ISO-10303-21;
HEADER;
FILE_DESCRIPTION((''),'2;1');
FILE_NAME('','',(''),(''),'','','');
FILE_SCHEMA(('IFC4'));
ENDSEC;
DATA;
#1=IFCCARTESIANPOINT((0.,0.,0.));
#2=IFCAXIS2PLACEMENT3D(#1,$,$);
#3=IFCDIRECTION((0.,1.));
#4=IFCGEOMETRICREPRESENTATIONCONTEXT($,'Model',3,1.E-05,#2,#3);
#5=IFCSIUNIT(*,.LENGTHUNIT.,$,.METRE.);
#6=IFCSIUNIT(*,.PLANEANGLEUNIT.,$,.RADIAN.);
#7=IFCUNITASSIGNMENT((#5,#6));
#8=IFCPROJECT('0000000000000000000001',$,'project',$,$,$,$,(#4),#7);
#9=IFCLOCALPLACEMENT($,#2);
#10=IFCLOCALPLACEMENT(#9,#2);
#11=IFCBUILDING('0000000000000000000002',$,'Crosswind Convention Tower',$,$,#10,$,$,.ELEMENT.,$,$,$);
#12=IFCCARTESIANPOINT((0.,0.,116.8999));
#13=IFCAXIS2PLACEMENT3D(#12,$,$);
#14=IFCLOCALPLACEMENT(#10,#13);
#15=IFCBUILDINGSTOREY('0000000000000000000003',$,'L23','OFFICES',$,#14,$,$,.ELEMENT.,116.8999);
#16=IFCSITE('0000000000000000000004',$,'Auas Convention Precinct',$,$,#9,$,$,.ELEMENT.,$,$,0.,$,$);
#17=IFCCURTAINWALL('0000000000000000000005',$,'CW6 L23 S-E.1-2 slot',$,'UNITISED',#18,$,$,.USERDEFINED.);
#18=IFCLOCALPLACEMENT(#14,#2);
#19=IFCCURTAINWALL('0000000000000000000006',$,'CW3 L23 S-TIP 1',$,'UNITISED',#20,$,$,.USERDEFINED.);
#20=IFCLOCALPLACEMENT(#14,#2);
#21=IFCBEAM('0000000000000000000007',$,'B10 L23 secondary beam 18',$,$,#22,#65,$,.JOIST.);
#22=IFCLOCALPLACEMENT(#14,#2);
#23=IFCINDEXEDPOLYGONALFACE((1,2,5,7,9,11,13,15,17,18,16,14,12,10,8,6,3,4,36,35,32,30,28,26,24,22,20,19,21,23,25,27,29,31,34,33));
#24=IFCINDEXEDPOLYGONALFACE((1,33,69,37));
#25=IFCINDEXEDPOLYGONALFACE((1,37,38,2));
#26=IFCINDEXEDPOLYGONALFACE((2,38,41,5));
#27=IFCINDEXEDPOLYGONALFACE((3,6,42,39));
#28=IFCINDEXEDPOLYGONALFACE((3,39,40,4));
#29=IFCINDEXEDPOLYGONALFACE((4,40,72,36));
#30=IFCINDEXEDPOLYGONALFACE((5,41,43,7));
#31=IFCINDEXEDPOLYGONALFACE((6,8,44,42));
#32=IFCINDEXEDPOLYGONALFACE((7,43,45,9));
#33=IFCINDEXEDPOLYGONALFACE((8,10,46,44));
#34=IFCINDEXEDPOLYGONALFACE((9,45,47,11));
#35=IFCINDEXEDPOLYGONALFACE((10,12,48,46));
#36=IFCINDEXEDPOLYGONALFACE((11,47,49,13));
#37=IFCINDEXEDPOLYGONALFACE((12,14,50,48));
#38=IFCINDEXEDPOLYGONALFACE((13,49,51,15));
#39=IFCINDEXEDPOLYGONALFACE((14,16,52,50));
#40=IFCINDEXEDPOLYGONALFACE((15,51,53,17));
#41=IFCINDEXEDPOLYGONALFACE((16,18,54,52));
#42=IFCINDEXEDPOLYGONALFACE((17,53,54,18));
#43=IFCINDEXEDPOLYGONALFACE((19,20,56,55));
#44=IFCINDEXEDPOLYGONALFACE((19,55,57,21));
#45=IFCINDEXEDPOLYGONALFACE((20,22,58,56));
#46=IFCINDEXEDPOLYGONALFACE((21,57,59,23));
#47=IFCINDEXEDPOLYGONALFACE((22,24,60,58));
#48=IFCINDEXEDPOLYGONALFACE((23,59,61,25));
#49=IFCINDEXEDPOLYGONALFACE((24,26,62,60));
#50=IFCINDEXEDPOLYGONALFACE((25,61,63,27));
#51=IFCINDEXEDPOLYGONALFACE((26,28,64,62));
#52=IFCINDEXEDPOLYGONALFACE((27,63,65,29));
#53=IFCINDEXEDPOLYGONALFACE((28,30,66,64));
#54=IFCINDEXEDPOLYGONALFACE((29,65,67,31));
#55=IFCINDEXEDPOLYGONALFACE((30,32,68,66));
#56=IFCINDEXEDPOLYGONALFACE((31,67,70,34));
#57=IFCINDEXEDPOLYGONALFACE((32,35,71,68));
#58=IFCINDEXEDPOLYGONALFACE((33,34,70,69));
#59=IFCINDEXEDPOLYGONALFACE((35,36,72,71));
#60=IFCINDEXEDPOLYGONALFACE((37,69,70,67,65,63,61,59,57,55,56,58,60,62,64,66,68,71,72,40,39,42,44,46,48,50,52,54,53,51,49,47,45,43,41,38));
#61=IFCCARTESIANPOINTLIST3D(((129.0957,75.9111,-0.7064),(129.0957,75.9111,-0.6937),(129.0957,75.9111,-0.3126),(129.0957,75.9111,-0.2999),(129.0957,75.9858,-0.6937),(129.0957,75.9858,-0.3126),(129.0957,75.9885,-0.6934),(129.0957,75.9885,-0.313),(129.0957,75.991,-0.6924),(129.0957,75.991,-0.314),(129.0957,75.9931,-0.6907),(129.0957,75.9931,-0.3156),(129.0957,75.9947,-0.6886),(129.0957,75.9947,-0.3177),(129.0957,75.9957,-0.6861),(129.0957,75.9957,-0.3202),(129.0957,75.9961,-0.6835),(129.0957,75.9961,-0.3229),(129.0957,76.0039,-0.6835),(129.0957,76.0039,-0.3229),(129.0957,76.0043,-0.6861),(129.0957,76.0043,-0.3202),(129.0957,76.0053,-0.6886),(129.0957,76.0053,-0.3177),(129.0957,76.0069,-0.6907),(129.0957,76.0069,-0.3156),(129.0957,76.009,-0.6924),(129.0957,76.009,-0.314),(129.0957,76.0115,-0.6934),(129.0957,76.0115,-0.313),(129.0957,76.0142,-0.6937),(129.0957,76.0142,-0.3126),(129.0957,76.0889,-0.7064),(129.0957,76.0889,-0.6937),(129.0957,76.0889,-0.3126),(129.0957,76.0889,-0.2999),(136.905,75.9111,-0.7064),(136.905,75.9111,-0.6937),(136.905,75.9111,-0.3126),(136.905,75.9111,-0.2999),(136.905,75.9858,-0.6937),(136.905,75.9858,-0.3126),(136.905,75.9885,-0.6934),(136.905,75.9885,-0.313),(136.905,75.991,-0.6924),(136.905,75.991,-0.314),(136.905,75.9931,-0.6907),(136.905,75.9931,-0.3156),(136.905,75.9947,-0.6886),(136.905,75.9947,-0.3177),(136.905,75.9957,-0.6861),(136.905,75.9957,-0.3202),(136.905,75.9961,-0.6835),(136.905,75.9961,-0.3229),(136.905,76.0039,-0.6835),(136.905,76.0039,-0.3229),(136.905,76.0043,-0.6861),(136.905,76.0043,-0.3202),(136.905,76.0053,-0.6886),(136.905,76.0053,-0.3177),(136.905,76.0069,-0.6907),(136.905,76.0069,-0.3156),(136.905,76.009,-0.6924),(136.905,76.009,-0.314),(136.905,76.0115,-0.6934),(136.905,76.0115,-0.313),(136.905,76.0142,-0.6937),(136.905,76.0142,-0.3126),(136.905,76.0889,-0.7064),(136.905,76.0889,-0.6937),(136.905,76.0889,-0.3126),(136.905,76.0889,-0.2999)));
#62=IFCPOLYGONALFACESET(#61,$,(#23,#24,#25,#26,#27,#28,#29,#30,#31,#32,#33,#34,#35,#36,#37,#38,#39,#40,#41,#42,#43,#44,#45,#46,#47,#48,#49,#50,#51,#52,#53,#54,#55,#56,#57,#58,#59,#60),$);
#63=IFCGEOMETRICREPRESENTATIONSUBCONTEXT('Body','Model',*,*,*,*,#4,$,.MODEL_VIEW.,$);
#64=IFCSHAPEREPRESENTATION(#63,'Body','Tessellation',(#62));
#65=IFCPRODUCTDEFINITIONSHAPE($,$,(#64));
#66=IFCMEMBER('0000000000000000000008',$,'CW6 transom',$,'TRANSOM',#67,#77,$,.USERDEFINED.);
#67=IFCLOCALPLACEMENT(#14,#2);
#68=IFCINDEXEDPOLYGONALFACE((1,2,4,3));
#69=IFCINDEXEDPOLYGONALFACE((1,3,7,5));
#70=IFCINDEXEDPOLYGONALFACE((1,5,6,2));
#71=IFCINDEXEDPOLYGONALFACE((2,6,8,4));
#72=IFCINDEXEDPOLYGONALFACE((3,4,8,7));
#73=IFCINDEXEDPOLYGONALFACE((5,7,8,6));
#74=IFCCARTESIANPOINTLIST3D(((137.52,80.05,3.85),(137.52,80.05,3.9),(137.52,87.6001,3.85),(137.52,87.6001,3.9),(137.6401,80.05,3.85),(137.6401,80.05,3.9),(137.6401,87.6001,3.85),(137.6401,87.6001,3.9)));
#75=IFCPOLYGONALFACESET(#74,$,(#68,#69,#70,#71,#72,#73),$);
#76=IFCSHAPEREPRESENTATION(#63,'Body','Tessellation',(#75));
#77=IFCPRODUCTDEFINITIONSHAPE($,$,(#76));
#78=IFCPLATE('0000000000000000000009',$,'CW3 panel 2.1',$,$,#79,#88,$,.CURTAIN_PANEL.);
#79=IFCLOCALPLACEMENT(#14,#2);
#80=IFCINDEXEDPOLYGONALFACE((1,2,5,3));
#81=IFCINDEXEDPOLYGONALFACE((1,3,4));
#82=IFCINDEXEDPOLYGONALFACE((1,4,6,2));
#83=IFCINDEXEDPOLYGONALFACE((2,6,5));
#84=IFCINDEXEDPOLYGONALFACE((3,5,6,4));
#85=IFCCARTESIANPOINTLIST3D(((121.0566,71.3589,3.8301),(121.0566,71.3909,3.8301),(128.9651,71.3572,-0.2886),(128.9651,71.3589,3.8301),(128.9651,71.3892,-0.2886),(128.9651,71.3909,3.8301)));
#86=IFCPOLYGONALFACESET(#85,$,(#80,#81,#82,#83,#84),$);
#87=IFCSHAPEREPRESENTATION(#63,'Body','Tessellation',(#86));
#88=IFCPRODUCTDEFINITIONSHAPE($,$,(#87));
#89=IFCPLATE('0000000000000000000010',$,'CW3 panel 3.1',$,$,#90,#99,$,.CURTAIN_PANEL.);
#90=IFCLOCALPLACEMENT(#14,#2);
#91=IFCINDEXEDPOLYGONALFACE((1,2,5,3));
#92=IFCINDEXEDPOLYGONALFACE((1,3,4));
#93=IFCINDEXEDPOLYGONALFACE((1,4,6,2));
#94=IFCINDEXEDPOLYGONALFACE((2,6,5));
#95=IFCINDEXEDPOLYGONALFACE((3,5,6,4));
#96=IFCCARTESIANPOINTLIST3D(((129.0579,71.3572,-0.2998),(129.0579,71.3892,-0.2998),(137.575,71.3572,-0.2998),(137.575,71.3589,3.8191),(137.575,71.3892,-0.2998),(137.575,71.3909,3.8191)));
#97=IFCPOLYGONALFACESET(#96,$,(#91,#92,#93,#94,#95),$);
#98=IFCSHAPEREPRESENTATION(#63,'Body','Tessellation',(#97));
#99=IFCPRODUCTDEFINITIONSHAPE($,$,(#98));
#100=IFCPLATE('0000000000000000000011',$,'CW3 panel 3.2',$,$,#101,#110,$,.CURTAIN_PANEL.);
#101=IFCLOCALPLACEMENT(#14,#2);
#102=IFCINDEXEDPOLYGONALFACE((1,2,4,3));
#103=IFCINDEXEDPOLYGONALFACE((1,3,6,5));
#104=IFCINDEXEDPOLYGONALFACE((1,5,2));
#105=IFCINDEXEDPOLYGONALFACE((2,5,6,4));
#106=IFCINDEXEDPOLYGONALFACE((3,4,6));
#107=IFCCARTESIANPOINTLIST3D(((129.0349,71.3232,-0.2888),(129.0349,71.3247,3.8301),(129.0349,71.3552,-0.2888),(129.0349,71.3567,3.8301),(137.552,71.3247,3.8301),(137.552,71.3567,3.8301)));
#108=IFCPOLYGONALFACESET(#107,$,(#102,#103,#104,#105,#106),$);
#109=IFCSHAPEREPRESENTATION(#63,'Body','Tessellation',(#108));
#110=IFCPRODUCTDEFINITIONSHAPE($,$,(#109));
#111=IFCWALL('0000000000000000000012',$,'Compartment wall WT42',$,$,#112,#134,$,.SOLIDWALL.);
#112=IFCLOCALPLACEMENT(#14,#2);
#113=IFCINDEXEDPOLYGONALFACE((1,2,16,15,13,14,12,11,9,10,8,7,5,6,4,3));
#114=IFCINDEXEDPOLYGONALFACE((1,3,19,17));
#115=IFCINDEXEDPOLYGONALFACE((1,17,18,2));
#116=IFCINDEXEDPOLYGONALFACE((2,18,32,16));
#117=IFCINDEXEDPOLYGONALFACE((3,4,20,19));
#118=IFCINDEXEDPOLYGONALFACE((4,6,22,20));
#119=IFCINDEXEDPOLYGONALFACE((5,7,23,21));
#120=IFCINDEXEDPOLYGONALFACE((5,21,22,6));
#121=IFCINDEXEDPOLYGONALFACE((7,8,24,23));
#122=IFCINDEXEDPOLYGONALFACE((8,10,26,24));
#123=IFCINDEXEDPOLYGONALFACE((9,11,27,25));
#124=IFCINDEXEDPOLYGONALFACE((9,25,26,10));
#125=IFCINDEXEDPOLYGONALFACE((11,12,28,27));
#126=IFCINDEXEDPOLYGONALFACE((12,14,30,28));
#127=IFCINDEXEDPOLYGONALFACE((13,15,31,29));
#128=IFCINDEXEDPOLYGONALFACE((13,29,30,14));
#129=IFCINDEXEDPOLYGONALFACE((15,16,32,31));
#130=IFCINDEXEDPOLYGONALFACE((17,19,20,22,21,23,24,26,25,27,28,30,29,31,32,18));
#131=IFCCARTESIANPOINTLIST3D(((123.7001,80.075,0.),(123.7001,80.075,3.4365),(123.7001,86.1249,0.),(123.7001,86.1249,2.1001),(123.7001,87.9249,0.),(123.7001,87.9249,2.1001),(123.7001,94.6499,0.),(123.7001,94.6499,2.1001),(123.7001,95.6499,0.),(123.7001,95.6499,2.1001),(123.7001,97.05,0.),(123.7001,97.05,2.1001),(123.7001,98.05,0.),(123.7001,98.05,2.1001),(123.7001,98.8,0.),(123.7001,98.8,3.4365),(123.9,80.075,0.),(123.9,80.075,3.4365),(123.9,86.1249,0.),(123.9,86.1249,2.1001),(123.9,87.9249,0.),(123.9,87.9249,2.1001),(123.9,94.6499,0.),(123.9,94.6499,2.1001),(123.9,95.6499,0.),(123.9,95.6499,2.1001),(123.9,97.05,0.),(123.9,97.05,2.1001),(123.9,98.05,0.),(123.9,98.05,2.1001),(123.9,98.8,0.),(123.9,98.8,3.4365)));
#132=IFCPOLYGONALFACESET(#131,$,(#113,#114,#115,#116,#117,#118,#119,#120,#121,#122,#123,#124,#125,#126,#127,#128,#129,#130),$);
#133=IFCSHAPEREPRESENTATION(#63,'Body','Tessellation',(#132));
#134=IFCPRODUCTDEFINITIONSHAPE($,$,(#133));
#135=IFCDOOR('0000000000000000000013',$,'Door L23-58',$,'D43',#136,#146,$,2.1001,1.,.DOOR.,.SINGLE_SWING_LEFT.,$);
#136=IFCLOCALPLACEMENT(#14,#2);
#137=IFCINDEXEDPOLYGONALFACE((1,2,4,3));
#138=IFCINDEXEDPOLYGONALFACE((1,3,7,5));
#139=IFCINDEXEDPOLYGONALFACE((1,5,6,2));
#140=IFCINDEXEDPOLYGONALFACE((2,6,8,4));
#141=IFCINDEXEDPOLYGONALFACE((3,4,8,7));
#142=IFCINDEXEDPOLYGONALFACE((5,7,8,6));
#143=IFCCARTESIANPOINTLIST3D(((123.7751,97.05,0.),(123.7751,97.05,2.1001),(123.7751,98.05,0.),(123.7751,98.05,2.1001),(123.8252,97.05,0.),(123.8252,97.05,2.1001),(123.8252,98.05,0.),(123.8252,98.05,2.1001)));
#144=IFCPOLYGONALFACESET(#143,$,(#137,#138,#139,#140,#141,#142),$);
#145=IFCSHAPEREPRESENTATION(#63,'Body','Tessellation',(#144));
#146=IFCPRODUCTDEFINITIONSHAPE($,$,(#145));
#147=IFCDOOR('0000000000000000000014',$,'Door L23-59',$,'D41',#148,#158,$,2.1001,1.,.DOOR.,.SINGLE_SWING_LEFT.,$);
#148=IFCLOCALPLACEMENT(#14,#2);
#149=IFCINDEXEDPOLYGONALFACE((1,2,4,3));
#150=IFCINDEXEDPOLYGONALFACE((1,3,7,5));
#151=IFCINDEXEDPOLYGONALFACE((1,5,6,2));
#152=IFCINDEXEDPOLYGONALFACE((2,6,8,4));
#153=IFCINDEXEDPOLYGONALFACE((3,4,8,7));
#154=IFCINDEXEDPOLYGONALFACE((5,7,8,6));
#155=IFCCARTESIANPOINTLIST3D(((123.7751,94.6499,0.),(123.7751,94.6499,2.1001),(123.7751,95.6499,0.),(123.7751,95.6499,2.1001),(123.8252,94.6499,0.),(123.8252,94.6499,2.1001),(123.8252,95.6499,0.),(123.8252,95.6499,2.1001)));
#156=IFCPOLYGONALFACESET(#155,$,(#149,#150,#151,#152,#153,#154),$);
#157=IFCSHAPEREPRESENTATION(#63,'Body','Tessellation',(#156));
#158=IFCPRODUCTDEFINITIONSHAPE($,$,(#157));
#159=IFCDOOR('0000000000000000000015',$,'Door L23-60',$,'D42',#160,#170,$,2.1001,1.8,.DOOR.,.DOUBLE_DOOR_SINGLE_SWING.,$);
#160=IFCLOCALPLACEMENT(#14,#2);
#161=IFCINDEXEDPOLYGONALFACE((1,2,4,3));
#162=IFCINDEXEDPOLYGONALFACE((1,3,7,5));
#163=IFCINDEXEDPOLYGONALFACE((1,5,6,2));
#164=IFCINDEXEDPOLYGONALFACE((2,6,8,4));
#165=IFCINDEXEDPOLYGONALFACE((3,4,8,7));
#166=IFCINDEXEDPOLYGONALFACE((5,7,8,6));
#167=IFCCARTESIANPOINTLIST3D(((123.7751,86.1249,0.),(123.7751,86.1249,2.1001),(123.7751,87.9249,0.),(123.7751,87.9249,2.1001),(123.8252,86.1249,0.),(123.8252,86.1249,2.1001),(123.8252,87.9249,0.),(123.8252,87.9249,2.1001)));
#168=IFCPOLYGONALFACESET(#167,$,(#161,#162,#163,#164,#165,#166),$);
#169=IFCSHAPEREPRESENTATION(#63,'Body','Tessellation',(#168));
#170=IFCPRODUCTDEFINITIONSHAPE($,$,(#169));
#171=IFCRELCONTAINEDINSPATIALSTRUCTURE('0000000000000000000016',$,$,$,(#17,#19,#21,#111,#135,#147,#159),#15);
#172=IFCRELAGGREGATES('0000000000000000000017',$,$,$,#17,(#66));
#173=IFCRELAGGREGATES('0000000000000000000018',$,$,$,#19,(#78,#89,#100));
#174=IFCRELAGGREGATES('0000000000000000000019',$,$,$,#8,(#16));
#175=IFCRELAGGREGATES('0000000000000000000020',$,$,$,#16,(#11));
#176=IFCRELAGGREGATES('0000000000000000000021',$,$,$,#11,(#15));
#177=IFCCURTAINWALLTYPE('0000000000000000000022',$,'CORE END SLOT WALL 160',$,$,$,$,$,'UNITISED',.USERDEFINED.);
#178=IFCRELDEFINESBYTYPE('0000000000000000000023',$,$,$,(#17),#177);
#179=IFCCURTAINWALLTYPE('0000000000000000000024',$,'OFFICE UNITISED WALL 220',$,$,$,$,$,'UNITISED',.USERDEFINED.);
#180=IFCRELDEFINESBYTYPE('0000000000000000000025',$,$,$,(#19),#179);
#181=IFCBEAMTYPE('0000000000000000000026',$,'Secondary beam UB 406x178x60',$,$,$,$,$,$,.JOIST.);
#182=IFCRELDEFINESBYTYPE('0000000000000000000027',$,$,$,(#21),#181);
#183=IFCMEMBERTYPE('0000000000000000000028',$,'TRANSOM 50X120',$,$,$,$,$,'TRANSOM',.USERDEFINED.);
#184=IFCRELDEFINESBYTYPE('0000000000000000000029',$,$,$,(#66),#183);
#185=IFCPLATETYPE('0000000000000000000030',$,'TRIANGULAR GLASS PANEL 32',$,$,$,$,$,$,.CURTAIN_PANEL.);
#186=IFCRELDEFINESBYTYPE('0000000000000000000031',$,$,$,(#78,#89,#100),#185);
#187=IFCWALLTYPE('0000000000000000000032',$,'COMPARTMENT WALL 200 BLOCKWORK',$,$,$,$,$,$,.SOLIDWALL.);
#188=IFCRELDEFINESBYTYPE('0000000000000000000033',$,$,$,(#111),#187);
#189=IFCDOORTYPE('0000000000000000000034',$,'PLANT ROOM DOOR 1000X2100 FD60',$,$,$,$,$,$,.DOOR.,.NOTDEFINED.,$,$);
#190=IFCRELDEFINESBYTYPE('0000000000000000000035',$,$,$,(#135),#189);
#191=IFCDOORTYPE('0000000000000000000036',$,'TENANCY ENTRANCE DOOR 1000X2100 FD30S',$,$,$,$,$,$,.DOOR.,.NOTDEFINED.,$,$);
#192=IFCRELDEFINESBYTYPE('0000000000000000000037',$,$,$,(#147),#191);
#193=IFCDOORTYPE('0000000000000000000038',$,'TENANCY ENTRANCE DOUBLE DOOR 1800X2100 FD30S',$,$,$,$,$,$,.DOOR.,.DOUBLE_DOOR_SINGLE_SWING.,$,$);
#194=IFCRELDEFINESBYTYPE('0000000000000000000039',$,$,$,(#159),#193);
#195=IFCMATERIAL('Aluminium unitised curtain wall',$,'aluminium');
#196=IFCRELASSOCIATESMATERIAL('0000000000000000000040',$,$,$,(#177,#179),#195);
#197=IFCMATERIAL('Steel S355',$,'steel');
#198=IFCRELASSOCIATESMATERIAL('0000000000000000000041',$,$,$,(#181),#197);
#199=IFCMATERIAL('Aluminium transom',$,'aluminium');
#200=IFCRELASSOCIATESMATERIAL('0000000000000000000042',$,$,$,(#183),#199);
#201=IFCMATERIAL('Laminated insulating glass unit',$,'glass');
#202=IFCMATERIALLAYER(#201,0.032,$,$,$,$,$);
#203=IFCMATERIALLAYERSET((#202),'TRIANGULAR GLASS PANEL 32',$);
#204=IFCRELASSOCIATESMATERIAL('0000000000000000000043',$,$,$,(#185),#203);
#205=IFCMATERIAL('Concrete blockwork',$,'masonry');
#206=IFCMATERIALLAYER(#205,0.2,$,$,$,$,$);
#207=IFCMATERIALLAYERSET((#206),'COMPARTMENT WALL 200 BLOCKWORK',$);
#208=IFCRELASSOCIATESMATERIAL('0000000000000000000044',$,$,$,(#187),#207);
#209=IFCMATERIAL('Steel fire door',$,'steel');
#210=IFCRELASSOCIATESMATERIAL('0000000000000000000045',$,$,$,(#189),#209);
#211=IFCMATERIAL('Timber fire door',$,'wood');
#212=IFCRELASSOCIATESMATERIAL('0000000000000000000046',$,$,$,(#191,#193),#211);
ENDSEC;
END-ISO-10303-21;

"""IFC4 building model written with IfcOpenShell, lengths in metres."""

from ifc_helpers import new_model, si_unit, direction, frame, frame_2d, origin, origin_2d, place, context, subcontext, project, spatial, polyline, rectangle, i_section, outline, extrude, material, layer, layer_set, material_profile, profile_set, type_object, element, fill, aggregate, save


model = new_model("IFC4")

# Units and contexts
model_context = context("Model", 3, precision=1e-05, world=origin(), true_north=direction((0.0, 1.0)))
body_context = subcontext(model_context, "Body", "Model", "MODEL_VIEW")
ifc_project = project(units=[si_unit("LENGTHUNIT", "METRE"), si_unit("PLANEANGLEUNIT", "RADIAN")], contexts=[model_context])

# Site, building, storey
site_placement = place(None, origin())
site = spatial("IfcSite", under=ifc_project, at=site_placement, Name="Auas Convention Precinct", CompositionType="ELEMENT", RefElevation=0.0)
building_placement = place(site_placement, origin())
building = spatial("IfcBuilding", under=site, at=building_placement, Name="Crosswind Convention Tower", CompositionType="ELEMENT")
storey_placement = place(building_placement, frame((0.0, 0.0, 116.8999)))
storey = spatial("IfcBuildingStorey", under=building, at=storey_placement, Name="L23", Description="OFFICES", CompositionType="ELEMENT", Elevation=116.8999)

# Shared definitions
ifc_material_1 = material(Name="Steel S355", Category="steel")

# Curtain walls
ifc_material_2 = material(Name="Aluminium unitised curtain wall", Category="aluminium")
curtain_wall_type_1 = type_object("IfcCurtainWallType", Name="CORE END SLOT WALL 160", ElementType="UNITISED", PredefinedType="USERDEFINED", material=ifc_material_2)
curtain_wall_1_placement = place(storey_placement, origin())
curtain_wall_1 = element("IfcCurtainWall", 1, at=curtain_wall_1_placement, inside=storey, type_object=curtain_wall_type_1, Name="CW6 L23 S-E.1-2 slot", ObjectType="UNITISED", PredefinedType="USERDEFINED")
curtain_wall_type_2 = type_object("IfcCurtainWallType", Name="OFFICE UNITISED WALL 220", ElementType="UNITISED", PredefinedType="USERDEFINED", material=ifc_material_2)
curtain_wall_2_placement = place(storey_placement, origin())
curtain_wall_2 = element("IfcCurtainWall", 2, at=curtain_wall_2_placement, inside=storey, type_object=curtain_wall_type_2, Name="CW3 L23 S-TIP 1", ObjectType="UNITISED", PredefinedType="USERDEFINED")

# Beam
ifc_material_profile_1 = material_profile(ifc_material_1, i_section(OverallWidth=0.1777, OverallDepth=0.4065, WebThickness=0.0078, FlangeThickness=0.0127, FilletRadius=0.0103, at=origin_2d()), Name="UB 406x178x60")
ifc_profile_set_1 = profile_set([ifc_material_profile_1], Name="Steel S355")
beam_type_1 = type_object("IfcBeamType", Name="Secondary beam UB 406x178x60", PredefinedType="JOIST", material=ifc_profile_set_1)
beam_1_placement = place(storey_placement, frame((129.0957, 76.0, -0.5032), z_axis=(1.0, 0.0, 0.0), x_axis=(0.0, 1.0, 0.0)))
element("IfcBeam", 3, at=beam_1_placement, inside=storey, type_object=beam_type_1, Name="B10 L23 secondary beam 18", PredefinedType="JOIST", context=body_context, shape_type="SweptSolid", body=[
    extrude(i_section(OverallWidth=0.1777, OverallDepth=0.4065, WebThickness=0.0078, FlangeThickness=0.0127, FilletRadius=0.0103, at=origin_2d()), origin(), (0.0, 0.0, 1.0), 7.8093),
])

# Member
ifc_material_3 = material(Name="Aluminium transom", Category="aluminium")
ifc_material_profile_2 = material_profile(ifc_material_3, rectangle(XDim=0.1201, YDim=0.05, at=origin_2d()), Name="AL 120X50")
ifc_profile_set_2 = profile_set([ifc_material_profile_2], Name="Aluminium transom")
member_type_1 = type_object("IfcMemberType", Name="TRANSOM 50X120", ElementType="TRANSOM", PredefinedType="USERDEFINED", material=ifc_profile_set_2)
member_1_placement = place(storey_placement, frame((137.5801, 80.05, 3.875), z_axis=(0.0, 1.0, 0.0), x_axis=(-1.0, 0.0, 0.0)))
member_1 = element("IfcMember", 4, at=member_1_placement, type_object=member_type_1, Name="CW6 transom", ObjectType="TRANSOM", PredefinedType="USERDEFINED", context=body_context, shape_type="SweptSolid", body=[
    extrude(rectangle(XDim=0.1201, YDim=0.05, at=origin_2d()), origin(), (0.0, 0.0, 1.0), 7.55),
])
aggregate(curtain_wall_1, [member_1])

# Plates
ifc_material_4 = material(Name="Laminated insulating glass unit", Category="glass")
ifc_layer_1 = layer(ifc_material_4, 0.032)
ifc_layer_set_1 = layer_set([ifc_layer_1], Name="TRIANGULAR GLASS PANEL 32")
plate_type = type_object("IfcPlateType", Name="TRIANGULAR GLASS PANEL 32", PredefinedType="CURTAIN_PANEL", material=ifc_layer_set_1)
plate_1_placement = place(storey_placement, frame((128.9651, 71.3589, 3.8301), z_axis=(0.0, -1.0, 0.000415), x_axis=(-1.0, 0.0, 0.0)))
plate_1 = element("IfcPlate", 5, at=plate_1_placement, type_object=plate_type, Name="CW3 panel 2.1", PredefinedType="CURTAIN_PANEL", context=body_context, shape_type="SweptSolid", body=[
    extrude(outline(polyline([(0.0, 0.0), (7.9084, 0.0), (0.0, 4.1187), (0.0, 0.0)])), origin(), (0.0, 0.0, -1.0), 0.032),
])
plate_2_placement = place(storey_placement, frame((137.575, 71.3572, -0.2998), z_axis=(0.0, -1.0, 0.000415), x_axis=(0.0, 0.000415, 1.0)))
plate_2 = element("IfcPlate", 6, at=plate_2_placement, type_object=plate_type, Name="CW3 panel 3.1", PredefinedType="CURTAIN_PANEL", context=body_context, shape_type="SweptSolid", body=[
    extrude(outline(polyline([(0.0, 0.0), (4.1189, 0.0), (0.0, 8.5171), (0.0, 0.0)])), origin(), (0.0, 0.0, -1.0), 0.032),
])
plate_3_placement = place(storey_placement, frame((129.0349, 71.3247, 3.8301), z_axis=(0.0, -1.0, 0.000356), x_axis=(0.0, -0.000356, -1.0)))
plate_3 = element("IfcPlate", 7, at=plate_3_placement, type_object=plate_type, Name="CW3 panel 3.2", PredefinedType="CURTAIN_PANEL", context=body_context, shape_type="SweptSolid", body=[
    extrude(outline(polyline([(0.0, 0.0), (4.1189, 0.0), (0.0, 8.5171), (0.0, 0.0)])), origin(), (0.0, 0.0, -1.0), 0.032),
])
aggregate(curtain_wall_2, [plate_1, plate_2, plate_3])

# Wall, openings, doors
ifc_material_5 = material(Name="Concrete blockwork", Category="masonry")
ifc_layer_2 = layer(ifc_material_5, 0.2)
ifc_layer_set_2 = layer_set([ifc_layer_2], Name="COMPARTMENT WALL 200 BLOCKWORK")
wall_type_1 = type_object("IfcWallType", Name="COMPARTMENT WALL 200 BLOCKWORK", PredefinedType="SOLIDWALL", material=ifc_layer_set_2)
wall_1_placement = place(storey_placement, frame((123.8, 80.075, 0.0), z_axis=(0.0, 0.0, 1.0), x_axis=(0.0, 1.0, 0.0)))
wall_1 = element("IfcWall", 8, at=wall_1_placement, inside=storey, type_object=wall_type_1, Name="Compartment wall WT42", PredefinedType="SOLIDWALL", context=body_context, shape_type="SweptSolid", body=[
    extrude(rectangle(XDim=18.7251, YDim=0.2, at=frame_2d((9.3625, 0.0))), origin(), (0.0, 0.0, 1.0), 3.4365),
])
opening_1_placement = place(wall_1_placement, frame((16.9751, 0.0, 0.0)))
opening_1 = element("IfcOpeningElement", 9, at=opening_1_placement, cuts=wall_1, PredefinedType="OPENING", context=body_context, shape_type="SweptSolid", body=[
    extrude(rectangle(XDim=1.0, YDim=2.1001, at=frame_2d((0.5, 1.05))), frame((0.0, 0.1099, 0.0), z_axis=(0.0, -1.0, 0.0), x_axis=(1.0, 0.0, 0.0)), (0.0, 0.0, 1.0), 0.22),
])
opening_2_placement = place(wall_1_placement, frame((14.575, 0.0, 0.0)))
opening_2 = element("IfcOpeningElement", 10, at=opening_2_placement, cuts=wall_1, PredefinedType="OPENING", context=body_context, shape_type="SweptSolid", body=[
    extrude(rectangle(XDim=1.0, YDim=2.1001, at=frame_2d((0.5, 1.05))), frame((0.0, 0.1099, 0.0), z_axis=(0.0, -1.0, 0.0), x_axis=(1.0, 0.0, 0.0)), (0.0, 0.0, 1.0), 0.22),
])
opening_3_placement = place(wall_1_placement, frame((6.05, 0.0, 0.0)))
opening_3 = element("IfcOpeningElement", 11, at=opening_3_placement, cuts=wall_1, PredefinedType="OPENING", context=body_context, shape_type="SweptSolid", body=[
    extrude(rectangle(XDim=1.8, YDim=2.1001, at=frame_2d((0.8999, 1.05))), frame((0.0, 0.1099, 0.0), z_axis=(0.0, -1.0, 0.0), x_axis=(1.0, 0.0, 0.0)), (0.0, 0.0, 1.0), 0.22),
])
ifc_material_6 = material(Name="Steel fire door", Category="steel")
door_type_1 = type_object("IfcDoorType", Name="PLANT ROOM DOOR 1000X2100 FD60", OperationType="NOTDEFINED", PredefinedType="DOOR", material=ifc_material_6)
door_1_placement = place(opening_1_placement, origin())
door_1 = element("IfcDoor", 12, at=door_1_placement, inside=storey, type_object=door_type_1, Name="Door L23-58", ObjectType="D43", OperationType="SINGLE_SWING_LEFT", OverallHeight=2.1001, OverallWidth=1.0, PredefinedType="DOOR", context=body_context, shape_type="SweptSolid", body=[
    extrude(rectangle(XDim=1.0, YDim=2.1001, at=frame_2d((0.5, 1.05))), frame((0.0, 0.0249, 0.0), z_axis=(0.0, -1.0, 0.0), x_axis=(1.0, 0.0, 0.0)), (0.0, 0.0, 1.0), 0.05),
])
fill(opening_1, door_1)
ifc_material_7 = material(Name="Timber fire door", Category="wood")
door_type_2 = type_object("IfcDoorType", Name="TENANCY ENTRANCE DOOR 1000X2100 FD30S", OperationType="NOTDEFINED", PredefinedType="DOOR", material=ifc_material_7)
door_2_placement = place(opening_2_placement, origin())
door_2 = element("IfcDoor", 13, at=door_2_placement, inside=storey, type_object=door_type_2, Name="Door L23-59", ObjectType="D41", OperationType="SINGLE_SWING_LEFT", OverallHeight=2.1001, OverallWidth=1.0, PredefinedType="DOOR", context=body_context, shape_type="SweptSolid", body=[
    extrude(rectangle(XDim=1.0, YDim=2.1001, at=frame_2d((0.5, 1.05))), frame((0.0, 0.0249, 0.0), z_axis=(0.0, -1.0, 0.0), x_axis=(1.0, 0.0, 0.0)), (0.0, 0.0, 1.0), 0.05),
])
fill(opening_2, door_2)
door_type_3 = type_object("IfcDoorType", Name="TENANCY ENTRANCE DOUBLE DOOR 1800X2100 FD30S", OperationType="DOUBLE_DOOR_SINGLE_SWING", PredefinedType="DOOR", material=ifc_material_7)
door_3_placement = place(opening_3_placement, origin())
door_3 = element("IfcDoor", 14, at=door_3_placement, inside=storey, type_object=door_type_3, Name="Door L23-60", ObjectType="D42", OperationType="DOUBLE_DOOR_SINGLE_SWING", OverallHeight=2.1001, OverallWidth=1.8, PredefinedType="DOOR", context=body_context, shape_type="SweptSolid", body=[
    extrude(rectangle(XDim=1.8, YDim=2.1001, at=frame_2d((0.8999, 1.05))), frame((0.0, 0.0249, 0.0), z_axis=(0.0, -1.0, 0.0), x_axis=(1.0, 0.0, 0.0)), (0.0, 0.0, 1.0), 0.05),
])
fill(opening_3, door_3)

save(model, "model.ifc")
